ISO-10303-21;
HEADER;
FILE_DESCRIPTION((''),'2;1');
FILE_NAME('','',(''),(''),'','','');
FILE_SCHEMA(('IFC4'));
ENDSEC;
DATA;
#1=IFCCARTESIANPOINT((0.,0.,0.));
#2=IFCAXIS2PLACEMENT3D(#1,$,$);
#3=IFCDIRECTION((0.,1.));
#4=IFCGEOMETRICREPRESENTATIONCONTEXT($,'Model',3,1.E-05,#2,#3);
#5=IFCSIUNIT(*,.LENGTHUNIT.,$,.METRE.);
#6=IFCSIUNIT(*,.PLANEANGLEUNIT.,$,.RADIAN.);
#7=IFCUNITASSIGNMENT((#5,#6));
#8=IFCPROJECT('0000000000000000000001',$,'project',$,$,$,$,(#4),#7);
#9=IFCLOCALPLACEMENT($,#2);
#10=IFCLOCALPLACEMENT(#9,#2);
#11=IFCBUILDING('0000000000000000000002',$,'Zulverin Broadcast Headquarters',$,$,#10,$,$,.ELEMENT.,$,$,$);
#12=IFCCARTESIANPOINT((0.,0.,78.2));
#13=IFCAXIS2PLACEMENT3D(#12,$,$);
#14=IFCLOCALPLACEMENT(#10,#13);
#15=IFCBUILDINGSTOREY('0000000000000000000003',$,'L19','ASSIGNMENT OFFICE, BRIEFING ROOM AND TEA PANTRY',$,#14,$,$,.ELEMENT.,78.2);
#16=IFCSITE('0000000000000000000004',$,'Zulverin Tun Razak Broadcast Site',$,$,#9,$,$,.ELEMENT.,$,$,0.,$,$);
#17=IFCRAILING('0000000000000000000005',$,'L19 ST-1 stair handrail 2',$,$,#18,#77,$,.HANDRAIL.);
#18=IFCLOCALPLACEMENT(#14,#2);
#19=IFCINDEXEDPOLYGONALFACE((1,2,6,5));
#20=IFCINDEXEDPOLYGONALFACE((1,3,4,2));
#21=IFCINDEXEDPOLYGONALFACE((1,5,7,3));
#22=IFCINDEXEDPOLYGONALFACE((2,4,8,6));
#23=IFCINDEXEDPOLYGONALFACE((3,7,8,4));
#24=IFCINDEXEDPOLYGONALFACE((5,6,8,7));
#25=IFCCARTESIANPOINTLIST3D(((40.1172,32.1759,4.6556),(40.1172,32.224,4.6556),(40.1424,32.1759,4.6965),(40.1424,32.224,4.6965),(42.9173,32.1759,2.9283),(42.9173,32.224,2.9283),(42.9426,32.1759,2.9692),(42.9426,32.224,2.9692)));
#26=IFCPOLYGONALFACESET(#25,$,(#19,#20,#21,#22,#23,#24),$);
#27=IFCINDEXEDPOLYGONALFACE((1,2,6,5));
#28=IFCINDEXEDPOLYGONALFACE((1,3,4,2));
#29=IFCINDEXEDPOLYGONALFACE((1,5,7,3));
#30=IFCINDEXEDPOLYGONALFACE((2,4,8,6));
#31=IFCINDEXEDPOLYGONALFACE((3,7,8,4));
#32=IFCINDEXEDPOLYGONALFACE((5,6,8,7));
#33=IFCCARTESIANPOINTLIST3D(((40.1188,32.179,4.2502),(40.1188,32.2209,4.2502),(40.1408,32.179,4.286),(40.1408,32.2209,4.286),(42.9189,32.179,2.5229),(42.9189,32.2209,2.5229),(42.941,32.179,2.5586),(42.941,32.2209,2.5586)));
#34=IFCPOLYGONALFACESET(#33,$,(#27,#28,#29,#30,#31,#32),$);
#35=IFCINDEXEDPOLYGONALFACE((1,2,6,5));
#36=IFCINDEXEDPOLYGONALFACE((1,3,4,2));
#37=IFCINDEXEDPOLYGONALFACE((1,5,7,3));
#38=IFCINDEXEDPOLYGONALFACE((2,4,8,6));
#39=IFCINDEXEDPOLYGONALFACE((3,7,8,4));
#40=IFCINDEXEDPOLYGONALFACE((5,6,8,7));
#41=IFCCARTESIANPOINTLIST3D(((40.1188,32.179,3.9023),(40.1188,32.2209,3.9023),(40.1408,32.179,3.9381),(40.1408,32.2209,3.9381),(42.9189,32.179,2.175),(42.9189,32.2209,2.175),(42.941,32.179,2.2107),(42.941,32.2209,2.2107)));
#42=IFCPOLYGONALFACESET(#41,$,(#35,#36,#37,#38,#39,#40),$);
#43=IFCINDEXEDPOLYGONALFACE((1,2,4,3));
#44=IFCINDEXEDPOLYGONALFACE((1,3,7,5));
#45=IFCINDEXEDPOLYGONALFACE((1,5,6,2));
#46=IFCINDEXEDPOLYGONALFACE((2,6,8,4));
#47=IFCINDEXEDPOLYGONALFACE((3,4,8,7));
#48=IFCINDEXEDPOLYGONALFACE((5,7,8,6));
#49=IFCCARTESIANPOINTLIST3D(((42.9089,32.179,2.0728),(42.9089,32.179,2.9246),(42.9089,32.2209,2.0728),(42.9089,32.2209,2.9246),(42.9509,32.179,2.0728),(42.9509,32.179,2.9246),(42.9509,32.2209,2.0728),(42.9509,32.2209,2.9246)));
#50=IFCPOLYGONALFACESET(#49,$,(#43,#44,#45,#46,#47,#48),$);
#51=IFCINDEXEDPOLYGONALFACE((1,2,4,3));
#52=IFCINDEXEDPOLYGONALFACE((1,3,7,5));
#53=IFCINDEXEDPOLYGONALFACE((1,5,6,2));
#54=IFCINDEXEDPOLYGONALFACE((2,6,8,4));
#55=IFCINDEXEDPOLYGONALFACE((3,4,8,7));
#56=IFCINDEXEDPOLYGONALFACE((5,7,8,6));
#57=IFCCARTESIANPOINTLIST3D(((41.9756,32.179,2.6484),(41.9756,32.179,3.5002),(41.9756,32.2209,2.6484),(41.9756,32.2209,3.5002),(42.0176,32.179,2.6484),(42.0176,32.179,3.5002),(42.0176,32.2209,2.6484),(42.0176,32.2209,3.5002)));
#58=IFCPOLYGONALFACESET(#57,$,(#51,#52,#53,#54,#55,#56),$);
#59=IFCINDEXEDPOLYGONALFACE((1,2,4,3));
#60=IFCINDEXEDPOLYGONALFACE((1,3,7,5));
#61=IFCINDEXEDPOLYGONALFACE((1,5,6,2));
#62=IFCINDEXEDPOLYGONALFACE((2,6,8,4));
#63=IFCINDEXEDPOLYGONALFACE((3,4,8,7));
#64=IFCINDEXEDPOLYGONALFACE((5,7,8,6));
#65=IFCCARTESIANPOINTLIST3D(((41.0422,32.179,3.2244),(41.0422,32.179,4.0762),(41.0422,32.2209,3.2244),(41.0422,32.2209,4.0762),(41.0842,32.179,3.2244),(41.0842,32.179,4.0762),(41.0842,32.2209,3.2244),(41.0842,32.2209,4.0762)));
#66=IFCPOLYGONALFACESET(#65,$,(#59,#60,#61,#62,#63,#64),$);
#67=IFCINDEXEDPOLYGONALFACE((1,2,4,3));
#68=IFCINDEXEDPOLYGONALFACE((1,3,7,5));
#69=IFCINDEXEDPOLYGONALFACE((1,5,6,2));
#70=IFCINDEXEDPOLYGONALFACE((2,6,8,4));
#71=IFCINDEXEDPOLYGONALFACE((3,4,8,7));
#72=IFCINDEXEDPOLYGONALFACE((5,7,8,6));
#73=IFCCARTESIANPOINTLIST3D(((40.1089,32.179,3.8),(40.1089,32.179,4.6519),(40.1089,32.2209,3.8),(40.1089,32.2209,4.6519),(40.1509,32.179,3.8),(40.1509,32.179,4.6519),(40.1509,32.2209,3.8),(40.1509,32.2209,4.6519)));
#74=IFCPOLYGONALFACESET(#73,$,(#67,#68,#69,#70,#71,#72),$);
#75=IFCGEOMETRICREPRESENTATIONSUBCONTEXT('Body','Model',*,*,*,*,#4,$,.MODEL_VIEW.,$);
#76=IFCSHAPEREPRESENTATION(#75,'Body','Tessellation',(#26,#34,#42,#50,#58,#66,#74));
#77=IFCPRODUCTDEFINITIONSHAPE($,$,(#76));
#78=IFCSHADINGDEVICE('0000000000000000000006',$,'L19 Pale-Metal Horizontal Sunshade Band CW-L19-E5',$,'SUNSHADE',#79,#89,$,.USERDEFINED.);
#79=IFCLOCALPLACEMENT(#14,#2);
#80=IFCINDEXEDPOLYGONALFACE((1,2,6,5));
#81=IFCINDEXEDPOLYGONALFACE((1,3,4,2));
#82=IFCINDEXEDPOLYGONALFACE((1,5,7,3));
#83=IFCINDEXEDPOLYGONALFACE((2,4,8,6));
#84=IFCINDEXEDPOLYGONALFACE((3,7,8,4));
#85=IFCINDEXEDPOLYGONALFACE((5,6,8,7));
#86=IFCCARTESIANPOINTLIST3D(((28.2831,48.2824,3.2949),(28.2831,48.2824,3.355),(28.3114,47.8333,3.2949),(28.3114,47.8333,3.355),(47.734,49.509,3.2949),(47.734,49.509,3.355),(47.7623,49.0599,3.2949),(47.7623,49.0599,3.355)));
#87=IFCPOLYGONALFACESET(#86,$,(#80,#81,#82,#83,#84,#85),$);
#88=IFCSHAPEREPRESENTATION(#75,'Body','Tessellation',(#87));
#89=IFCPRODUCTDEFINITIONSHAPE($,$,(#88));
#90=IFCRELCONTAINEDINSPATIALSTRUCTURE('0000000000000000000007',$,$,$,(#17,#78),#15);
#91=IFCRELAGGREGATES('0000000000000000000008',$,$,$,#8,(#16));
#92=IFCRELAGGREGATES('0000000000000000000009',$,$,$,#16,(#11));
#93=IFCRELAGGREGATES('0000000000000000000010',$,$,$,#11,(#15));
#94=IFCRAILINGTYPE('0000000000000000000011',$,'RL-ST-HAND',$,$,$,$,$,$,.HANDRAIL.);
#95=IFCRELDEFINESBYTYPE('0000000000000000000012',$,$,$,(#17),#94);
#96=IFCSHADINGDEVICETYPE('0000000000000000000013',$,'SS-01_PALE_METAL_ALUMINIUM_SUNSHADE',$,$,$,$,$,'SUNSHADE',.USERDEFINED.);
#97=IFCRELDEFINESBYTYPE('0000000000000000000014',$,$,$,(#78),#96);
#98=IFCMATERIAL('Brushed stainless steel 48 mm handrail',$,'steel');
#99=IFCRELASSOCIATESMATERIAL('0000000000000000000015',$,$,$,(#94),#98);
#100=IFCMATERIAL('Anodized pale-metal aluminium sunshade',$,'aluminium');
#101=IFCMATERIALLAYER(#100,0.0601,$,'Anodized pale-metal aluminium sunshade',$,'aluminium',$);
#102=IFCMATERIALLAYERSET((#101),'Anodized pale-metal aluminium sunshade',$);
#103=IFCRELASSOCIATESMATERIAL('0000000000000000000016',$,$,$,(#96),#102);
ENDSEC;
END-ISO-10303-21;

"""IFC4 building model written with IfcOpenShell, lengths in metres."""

from ifc_helpers import new_model, si_unit, direction, frame, origin, origin_2d, place, context, subcontext, project, spatial, rectangle, extrude, material, layer, layer_set, type_object, element, save


model = new_model("IFC4")

# Units and contexts
model_context = context("Model", 3, precision=1e-05, world=origin(), true_north=direction((0.0, 1.0)))
body_context = subcontext(model_context, "Body", "Model", "MODEL_VIEW")
ifc_project = project(units=[si_unit("LENGTHUNIT", "METRE"), si_unit("PLANEANGLEUNIT", "RADIAN")], contexts=[model_context])

# Site, building, storey
site_placement = place(None, origin())
site = spatial("IfcSite", under=ifc_project, at=site_placement, Name="Zulverin Tun Razak Broadcast Site", CompositionType="ELEMENT", RefElevation=0.0)
building_placement = place(site_placement, origin())
building = spatial("IfcBuilding", under=site, at=building_placement, Name="Zulverin Broadcast Headquarters", CompositionType="ELEMENT")
storey_placement = place(building_placement, frame((0.0, 0.0, 78.2)))
storey = spatial("IfcBuildingStorey", under=building, at=storey_placement, Name="L19", Description="ASSIGNMENT OFFICE, BRIEFING ROOM AND TEA PANTRY", CompositionType="ELEMENT", Elevation=78.2)

# Railing
ifc_material_1 = material(Name="Brushed stainless steel 48 mm handrail", Category="steel")
railing_type_1 = type_object("IfcRailingType", Name="RL-ST-HAND", PredefinedType="HANDRAIL", material=ifc_material_1)
railing_1_placement = place(storey_placement, frame((42.9299, 32.2, 2.0728)))
element("IfcRailing", 1, at=railing_1_placement, inside=storey, type_object=railing_type_1, Name="L19 ST-1 stair handrail 2", PredefinedType="HANDRAIL", context=body_context, shape_type="SweptSolid", body=[
    extrude(rectangle(XDim=0.0481, YDim=0.0481, at=origin_2d()), frame((0.0, 0.0, 0.876), z_axis=(-0.85109, 0.0, 0.52502), x_axis=(0.0, -1.0, 0.0)), (0.0, 0.0, 1.0), 3.29),
    extrude(rectangle(XDim=0.042, YDim=0.042, at=origin_2d()), frame((0.0, 0.0, 0.468), z_axis=(-0.85109, 0.0, 0.52502), x_axis=(0.0, -1.0, 0.0)), (0.0, 0.0, 1.0), 3.29),
    extrude(rectangle(XDim=0.042, YDim=0.042, at=origin_2d()), frame((0.0, 0.0, 0.1201), z_axis=(-0.85109, 0.0, 0.52502), x_axis=(0.0, -1.0, 0.0)), (0.0, 0.0, 1.0), 3.29),
    extrude(rectangle(XDim=0.042, YDim=0.042, at=origin_2d()), origin(), (0.0, 0.0, 1.0), 0.8518),
    extrude(rectangle(XDim=0.042, YDim=0.042, at=origin_2d()), frame((-0.9333, 0.0, 0.5757)), (0.0, 0.0, 1.0), 0.8518),
    extrude(rectangle(XDim=0.042, YDim=0.042, at=origin_2d()), frame((-1.8667, 0.0, 1.1516)), (0.0, 0.0, 1.0), 0.8518),
    extrude(rectangle(XDim=0.042, YDim=0.042, at=origin_2d()), frame((-2.8, 0.0, 1.7273)), (0.0, 0.0, 1.0), 0.8518),
])

# Shading device
ifc_material_2 = material(Name="Anodized pale-metal aluminium sunshade", Category="aluminium")
ifc_layer_1 = layer(ifc_material_2, 0.0601, Name="Anodized pale-metal aluminium sunshade", Category="aluminium")
ifc_layer_set_1 = layer_set([ifc_layer_1], Name="Anodized pale-metal aluminium sunshade")
shading_device_type = type_object("IfcShadingDeviceType", Name="SS-01_PALE_METAL_ALUMINIUM_SUNSHADE", ElementType="SUNSHADE", PredefinedType="USERDEFINED", material=ifc_layer_set_1)
shading_device_placement = place(storey_placement, frame((38.0227, 48.6711, 3.2949), z_axis=(0.0, 0.0, 1.0), x_axis=(-0.998018, -0.062935, 0.0)))
element("IfcShadingDevice", 2, at=shading_device_placement, inside=storey, type_object=shading_device_type, Name="L19 Pale-Metal Horizontal Sunshade Band CW-L19-E5", ObjectType="SUNSHADE", PredefinedType="USERDEFINED", context=body_context, shape_type="SweptSolid", body=[
    extrude(rectangle(XDim=19.4895, YDim=0.45, at=origin_2d()), origin(), (0.0, 0.0, 1.0), 0.0601),
])

save(model, "model.ifc")
